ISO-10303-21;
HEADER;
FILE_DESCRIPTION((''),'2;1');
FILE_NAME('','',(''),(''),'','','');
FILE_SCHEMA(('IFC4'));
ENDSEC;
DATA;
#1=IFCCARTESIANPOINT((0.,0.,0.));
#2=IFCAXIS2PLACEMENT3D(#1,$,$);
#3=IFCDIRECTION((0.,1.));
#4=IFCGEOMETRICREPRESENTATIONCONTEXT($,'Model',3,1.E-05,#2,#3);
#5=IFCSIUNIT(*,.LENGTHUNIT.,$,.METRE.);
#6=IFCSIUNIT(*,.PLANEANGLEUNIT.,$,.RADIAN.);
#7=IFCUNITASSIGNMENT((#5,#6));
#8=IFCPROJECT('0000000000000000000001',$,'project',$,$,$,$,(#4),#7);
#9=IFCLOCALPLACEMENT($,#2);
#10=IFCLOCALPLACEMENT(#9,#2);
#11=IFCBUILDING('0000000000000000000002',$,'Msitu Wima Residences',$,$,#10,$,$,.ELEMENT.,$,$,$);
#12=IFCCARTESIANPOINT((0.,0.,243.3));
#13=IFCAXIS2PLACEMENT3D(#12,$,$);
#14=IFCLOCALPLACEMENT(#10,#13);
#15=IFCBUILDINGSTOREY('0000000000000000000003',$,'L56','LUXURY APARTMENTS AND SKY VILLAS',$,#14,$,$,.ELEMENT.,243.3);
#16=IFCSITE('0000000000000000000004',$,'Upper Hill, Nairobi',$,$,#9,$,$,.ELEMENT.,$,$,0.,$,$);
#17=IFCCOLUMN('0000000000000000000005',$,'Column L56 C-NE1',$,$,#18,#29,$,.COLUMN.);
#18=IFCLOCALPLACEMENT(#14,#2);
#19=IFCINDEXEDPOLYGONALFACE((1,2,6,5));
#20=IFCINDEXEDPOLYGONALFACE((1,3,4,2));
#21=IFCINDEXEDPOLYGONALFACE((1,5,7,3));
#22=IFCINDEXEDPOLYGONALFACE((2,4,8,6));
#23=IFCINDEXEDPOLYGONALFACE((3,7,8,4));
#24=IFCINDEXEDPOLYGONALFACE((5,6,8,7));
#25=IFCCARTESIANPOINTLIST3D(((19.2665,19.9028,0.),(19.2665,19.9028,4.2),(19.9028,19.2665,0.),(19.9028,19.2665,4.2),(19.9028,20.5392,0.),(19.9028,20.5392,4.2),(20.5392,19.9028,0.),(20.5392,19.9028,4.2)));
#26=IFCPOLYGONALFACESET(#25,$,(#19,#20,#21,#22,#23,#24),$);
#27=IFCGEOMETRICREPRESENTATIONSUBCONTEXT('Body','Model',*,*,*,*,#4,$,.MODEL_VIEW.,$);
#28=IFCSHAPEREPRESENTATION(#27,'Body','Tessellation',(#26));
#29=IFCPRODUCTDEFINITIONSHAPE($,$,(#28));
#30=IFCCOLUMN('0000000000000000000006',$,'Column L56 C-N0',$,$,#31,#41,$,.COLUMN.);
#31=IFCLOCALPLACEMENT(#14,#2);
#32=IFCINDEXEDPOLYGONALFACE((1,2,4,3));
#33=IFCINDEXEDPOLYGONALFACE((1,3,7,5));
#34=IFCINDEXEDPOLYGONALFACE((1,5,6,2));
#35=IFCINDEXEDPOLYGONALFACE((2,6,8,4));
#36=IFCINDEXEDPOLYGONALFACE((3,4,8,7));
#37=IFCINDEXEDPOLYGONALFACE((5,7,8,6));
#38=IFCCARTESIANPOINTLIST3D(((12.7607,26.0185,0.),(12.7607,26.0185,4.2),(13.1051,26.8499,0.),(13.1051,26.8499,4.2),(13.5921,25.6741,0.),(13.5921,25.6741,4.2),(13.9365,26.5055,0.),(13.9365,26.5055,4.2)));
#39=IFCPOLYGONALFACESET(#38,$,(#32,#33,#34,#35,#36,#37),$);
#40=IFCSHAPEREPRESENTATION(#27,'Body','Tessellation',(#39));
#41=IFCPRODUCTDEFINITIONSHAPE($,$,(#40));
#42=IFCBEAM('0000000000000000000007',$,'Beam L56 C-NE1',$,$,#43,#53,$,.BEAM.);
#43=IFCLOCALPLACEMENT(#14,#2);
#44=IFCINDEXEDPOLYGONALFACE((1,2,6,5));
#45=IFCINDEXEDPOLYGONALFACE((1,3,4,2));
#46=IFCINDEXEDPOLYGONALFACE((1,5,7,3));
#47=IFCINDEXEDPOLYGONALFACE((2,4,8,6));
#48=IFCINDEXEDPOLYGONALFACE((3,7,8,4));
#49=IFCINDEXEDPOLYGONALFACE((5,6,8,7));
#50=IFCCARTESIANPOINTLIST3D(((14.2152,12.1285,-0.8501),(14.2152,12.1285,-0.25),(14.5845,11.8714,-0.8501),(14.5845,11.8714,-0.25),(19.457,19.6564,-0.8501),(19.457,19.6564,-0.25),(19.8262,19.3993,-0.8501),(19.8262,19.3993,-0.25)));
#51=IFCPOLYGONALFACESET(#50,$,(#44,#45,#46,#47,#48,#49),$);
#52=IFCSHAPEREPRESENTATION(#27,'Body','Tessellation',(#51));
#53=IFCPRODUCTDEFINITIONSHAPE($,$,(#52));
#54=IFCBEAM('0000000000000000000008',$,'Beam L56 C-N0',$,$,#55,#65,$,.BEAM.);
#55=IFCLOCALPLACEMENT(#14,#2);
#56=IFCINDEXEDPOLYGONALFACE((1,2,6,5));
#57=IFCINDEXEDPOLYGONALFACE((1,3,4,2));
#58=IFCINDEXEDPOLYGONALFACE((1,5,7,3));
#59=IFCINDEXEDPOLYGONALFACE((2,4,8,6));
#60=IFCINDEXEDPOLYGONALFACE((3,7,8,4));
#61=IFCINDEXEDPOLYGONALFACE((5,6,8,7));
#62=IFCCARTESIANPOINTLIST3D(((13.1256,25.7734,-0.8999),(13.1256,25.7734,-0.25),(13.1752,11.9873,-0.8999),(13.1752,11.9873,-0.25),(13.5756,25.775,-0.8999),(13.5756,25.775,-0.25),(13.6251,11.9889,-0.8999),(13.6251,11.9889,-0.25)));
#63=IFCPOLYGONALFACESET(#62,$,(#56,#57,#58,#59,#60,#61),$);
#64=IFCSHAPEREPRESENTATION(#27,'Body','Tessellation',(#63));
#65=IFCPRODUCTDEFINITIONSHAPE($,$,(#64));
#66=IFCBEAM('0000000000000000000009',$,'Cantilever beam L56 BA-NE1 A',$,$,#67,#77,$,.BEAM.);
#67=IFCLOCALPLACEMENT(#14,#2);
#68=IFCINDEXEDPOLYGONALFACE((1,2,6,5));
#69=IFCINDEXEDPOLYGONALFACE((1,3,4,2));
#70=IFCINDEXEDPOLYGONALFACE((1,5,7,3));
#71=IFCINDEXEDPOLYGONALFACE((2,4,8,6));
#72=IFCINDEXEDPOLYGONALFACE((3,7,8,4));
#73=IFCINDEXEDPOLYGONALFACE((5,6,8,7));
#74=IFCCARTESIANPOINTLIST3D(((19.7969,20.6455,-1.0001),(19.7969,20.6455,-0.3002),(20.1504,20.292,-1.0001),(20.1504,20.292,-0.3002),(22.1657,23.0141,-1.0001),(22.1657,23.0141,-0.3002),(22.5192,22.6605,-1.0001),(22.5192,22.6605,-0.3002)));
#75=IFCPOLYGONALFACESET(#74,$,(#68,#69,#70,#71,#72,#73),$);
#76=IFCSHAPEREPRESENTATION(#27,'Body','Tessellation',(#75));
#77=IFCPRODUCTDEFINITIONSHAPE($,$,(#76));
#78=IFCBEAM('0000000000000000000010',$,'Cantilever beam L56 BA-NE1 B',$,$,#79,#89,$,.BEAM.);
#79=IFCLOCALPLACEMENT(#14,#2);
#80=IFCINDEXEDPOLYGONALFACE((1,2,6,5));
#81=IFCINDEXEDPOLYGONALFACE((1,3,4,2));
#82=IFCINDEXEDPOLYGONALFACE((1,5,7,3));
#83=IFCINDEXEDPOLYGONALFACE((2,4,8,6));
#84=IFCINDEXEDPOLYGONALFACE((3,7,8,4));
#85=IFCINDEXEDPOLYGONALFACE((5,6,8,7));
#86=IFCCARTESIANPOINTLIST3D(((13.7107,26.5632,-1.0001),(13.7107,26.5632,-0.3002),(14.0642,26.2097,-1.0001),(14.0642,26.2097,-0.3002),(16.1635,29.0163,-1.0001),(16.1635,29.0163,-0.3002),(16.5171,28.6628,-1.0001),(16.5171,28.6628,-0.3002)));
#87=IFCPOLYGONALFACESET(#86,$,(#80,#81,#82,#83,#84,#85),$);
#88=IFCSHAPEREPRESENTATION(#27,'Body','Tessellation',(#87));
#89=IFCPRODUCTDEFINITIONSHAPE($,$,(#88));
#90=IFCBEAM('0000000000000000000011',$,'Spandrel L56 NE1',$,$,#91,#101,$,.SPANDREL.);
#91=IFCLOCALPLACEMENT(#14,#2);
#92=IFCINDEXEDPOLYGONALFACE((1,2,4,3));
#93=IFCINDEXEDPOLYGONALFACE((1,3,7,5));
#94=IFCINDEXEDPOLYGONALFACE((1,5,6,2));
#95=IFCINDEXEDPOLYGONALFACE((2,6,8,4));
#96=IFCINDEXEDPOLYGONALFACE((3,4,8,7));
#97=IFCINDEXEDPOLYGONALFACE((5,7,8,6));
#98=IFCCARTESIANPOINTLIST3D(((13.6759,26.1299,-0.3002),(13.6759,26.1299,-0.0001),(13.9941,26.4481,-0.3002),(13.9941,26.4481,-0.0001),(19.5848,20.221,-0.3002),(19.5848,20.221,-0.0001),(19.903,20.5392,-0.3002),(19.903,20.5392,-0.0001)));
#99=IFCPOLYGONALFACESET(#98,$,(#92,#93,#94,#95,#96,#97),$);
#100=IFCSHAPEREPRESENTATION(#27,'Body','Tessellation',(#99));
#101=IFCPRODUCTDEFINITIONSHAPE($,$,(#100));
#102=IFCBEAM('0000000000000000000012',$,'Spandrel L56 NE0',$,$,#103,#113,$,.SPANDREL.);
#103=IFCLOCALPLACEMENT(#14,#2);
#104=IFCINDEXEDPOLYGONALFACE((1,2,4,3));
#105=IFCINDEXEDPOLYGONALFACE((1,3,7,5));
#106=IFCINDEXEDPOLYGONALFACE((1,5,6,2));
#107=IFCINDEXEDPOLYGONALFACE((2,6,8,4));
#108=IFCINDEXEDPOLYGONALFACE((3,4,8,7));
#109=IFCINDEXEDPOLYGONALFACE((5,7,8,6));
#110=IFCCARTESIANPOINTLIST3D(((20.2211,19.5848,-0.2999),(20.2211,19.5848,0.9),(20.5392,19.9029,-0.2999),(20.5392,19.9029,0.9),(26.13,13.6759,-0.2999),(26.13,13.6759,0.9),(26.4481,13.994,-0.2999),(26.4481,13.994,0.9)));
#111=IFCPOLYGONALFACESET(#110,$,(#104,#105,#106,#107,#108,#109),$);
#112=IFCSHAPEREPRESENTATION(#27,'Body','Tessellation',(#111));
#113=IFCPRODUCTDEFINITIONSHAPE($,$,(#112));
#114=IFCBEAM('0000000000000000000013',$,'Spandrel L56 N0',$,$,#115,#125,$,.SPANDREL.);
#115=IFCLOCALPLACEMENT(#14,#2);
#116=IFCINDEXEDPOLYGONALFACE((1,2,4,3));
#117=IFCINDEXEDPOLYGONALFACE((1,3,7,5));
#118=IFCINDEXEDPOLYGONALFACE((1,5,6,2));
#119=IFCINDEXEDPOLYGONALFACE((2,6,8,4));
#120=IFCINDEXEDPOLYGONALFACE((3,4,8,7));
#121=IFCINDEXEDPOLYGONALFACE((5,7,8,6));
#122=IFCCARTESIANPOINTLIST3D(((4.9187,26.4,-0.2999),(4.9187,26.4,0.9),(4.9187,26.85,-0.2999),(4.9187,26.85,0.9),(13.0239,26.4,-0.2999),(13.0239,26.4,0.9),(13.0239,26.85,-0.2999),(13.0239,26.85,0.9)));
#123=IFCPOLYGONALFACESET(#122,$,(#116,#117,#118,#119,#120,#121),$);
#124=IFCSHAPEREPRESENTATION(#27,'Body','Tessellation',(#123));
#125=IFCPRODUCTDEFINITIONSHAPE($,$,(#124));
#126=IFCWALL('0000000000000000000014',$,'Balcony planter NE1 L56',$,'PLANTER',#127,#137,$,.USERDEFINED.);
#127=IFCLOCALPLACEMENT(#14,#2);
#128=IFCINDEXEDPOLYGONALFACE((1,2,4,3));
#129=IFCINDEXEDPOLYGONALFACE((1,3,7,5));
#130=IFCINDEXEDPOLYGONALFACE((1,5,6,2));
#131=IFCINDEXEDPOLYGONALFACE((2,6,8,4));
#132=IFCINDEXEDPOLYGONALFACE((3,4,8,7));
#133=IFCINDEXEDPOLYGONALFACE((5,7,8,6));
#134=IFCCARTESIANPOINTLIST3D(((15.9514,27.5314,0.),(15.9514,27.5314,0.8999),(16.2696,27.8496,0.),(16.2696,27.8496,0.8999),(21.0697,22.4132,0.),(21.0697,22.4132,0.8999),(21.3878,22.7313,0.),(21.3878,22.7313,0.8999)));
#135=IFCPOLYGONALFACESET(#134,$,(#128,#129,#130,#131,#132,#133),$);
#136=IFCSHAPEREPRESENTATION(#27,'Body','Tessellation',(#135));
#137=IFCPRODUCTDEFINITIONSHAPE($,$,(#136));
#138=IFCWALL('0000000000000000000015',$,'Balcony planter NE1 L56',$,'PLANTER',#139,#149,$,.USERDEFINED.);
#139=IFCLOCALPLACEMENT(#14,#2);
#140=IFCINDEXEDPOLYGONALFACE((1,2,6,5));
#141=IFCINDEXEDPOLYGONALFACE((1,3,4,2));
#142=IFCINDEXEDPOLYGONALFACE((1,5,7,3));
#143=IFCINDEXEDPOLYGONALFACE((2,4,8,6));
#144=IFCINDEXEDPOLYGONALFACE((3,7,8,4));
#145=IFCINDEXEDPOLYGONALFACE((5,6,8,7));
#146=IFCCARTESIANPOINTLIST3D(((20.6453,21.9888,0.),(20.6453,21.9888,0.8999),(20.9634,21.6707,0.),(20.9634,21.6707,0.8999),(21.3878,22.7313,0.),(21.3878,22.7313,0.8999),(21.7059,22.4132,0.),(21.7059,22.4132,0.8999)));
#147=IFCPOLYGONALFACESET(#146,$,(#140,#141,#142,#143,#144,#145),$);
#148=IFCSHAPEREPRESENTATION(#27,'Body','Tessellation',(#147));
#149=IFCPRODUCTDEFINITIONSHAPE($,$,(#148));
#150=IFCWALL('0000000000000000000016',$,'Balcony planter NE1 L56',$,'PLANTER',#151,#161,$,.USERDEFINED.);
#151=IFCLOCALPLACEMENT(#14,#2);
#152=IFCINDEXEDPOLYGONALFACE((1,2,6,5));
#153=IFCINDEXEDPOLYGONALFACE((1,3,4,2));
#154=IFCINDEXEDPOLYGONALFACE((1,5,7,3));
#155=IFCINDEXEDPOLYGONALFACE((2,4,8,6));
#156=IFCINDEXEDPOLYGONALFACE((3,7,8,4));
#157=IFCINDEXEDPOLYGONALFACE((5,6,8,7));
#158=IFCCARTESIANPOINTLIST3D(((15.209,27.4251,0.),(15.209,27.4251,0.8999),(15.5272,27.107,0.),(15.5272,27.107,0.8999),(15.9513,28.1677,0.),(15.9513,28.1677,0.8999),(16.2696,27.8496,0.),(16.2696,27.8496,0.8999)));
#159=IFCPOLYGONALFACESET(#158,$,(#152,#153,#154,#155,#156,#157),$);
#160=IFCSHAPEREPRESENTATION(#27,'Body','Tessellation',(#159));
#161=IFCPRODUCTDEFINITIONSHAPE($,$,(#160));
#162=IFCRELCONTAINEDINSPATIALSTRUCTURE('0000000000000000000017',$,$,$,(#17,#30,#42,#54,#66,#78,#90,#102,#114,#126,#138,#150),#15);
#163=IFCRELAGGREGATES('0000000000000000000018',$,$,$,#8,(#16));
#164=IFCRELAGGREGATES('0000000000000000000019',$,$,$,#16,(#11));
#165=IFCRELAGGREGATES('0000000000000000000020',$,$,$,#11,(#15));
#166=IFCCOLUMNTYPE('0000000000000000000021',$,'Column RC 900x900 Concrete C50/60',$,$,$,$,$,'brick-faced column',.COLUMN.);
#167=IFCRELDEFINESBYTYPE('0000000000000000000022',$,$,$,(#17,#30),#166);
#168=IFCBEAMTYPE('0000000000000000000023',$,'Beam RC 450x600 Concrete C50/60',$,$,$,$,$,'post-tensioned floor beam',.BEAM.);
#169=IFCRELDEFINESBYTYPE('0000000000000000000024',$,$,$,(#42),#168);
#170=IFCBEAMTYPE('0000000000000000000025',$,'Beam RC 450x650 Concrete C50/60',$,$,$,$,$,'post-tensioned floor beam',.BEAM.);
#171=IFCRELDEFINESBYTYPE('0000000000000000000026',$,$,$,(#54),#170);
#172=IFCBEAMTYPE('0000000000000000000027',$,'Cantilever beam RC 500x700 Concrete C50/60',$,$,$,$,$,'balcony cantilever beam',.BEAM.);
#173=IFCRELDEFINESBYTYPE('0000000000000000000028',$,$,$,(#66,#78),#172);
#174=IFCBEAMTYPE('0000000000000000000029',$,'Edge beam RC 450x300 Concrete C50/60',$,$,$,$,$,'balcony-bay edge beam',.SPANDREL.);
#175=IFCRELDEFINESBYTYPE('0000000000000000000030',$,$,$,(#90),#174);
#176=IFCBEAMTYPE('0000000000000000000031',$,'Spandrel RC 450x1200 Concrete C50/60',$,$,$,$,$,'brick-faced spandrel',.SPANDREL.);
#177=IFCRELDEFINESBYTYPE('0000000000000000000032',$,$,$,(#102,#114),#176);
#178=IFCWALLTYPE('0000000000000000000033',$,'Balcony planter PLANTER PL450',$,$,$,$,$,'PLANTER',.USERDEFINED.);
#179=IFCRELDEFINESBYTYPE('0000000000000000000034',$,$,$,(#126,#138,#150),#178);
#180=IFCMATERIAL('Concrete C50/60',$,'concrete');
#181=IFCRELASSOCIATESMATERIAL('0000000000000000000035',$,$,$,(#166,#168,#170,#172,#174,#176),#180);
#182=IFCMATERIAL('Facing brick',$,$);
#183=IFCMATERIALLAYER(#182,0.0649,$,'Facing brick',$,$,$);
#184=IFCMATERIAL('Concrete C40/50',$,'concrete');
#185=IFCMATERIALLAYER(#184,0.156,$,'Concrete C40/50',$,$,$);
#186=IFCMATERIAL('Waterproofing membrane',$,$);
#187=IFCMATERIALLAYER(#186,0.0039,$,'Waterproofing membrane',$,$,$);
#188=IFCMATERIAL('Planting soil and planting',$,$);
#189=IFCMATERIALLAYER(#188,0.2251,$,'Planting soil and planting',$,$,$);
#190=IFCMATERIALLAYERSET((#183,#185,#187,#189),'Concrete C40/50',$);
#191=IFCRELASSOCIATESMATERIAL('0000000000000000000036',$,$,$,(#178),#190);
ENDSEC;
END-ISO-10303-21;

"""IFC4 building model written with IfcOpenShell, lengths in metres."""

from ifc_helpers import new_model, si_unit, direction, frame, frame_2d, origin, origin_2d, place, context, subcontext, project, spatial, rectangle, extrude, material, layer, layer_set, material_profile, profile_set, type_object, element, save


model = new_model("IFC4")

# Units and contexts
model_context = context("Model", 3, precision=1e-05, world=origin(), true_north=direction((0.0, 1.0)))
body_context = subcontext(model_context, "Body", "Model", "MODEL_VIEW")
ifc_project = project(units=[si_unit("LENGTHUNIT", "METRE"), si_unit("PLANEANGLEUNIT", "RADIAN")], contexts=[model_context])

# Site, building, storey
site_placement = place(None, origin())
site = spatial("IfcSite", under=ifc_project, at=site_placement, Name="Upper Hill, Nairobi", CompositionType="ELEMENT", RefElevation=0.0)
building_placement = place(site_placement, origin())
building = spatial("IfcBuilding", under=site, at=building_placement, Name="Msitu Wima Residences", CompositionType="ELEMENT")
storey_placement = place(building_placement, frame((0.0, 0.0, 243.3)))
storey = spatial("IfcBuildingStorey", under=building, at=storey_placement, Name="L56", Description="LUXURY APARTMENTS AND SKY VILLAS", CompositionType="ELEMENT", Elevation=243.3)

# Columns
ifc_material_1 = material(Name="Concrete C50/60", Category="concrete")
ifc_material_profile_1 = material_profile(ifc_material_1, rectangle(XDim=0.8999, YDim=0.8999, at=origin_2d()), Name="RC 900x900")
ifc_profile_set_1 = profile_set([ifc_material_profile_1], Name="Concrete C50/60")
column_type = type_object("IfcColumnType", Name="Column RC 900x900 Concrete C50/60", ElementType="brick-faced column", PredefinedType="COLUMN", material=ifc_profile_set_1)
for number, where, z_axis, x_axis, name in (
    (1, (19.9028, 19.9028, 0.0), (0.0, 0.0, 1.0), (-0.707107, 0.707107, 0.0), "Column L56 C-NE1"),
    (2, (13.3486, 26.262, 0.0), (0.0, 0.0, 1.0), (-0.92388, 0.382683, 0.0), "Column L56 C-N0"),
):
    element("IfcColumn", number, at=place(storey_placement, frame(where, z_axis=z_axis, x_axis=x_axis)), inside=storey, type_object=column_type, Name=name, PredefinedType="COLUMN", context=body_context, shape_type="SweptSolid", body=[
        extrude(rectangle(XDim=0.8999, YDim=0.8999, at=origin_2d()), origin(), (0.0, 0.0, 1.0), 4.2),
    ])

# Beams
ifc_material_profile_2 = material_profile(ifc_material_1, rectangle(XDim=0.45, YDim=0.6001, at=origin_2d()), Name="RC 450x600")
ifc_profile_set_2 = profile_set([ifc_material_profile_2], Name="Concrete C50/60")
beam_type_1 = type_object("IfcBeamType", Name="Beam RC 450x600 Concrete C50/60", ElementType="post-tensioned floor beam", PredefinedType="BEAM", material=ifc_profile_set_2)
beam_1_placement = place(storey_placement, frame((19.6416, 19.5278, -0.55), z_axis=(-0.571428, -0.820652, 0.0), x_axis=(0.820652, -0.571428, 0.0)))
element("IfcBeam", 3, at=beam_1_placement, inside=storey, type_object=beam_type_1, Name="Beam L56 C-NE1", PredefinedType="BEAM", context=body_context, shape_type="SweptSolid", body=[
    extrude(rectangle(XDim=0.45, YDim=0.6001, at=origin_2d()), origin(), (0.0, 0.0, 1.0), 9.1731),
])
ifc_material_profile_3 = material_profile(ifc_material_1, rectangle(XDim=0.45, YDim=0.6499, at=origin_2d()), Name="RC 450x650")
ifc_profile_set_3 = profile_set([ifc_material_profile_3], Name="Concrete C50/60")
beam_type_2 = type_object("IfcBeamType", Name="Beam RC 450x650 Concrete C50/60", ElementType="post-tensioned floor beam", PredefinedType="BEAM", material=ifc_profile_set_3)
beam_2_placement = place(storey_placement, frame((13.3506, 25.7742, -0.575), z_axis=(0.003595, -0.999994, 0.0), x_axis=(0.999994, 0.003595, 0.0)))
element("IfcBeam", 4, at=beam_2_placement, inside=storey, type_object=beam_type_2, Name="Beam L56 C-N0", PredefinedType="BEAM", context=body_context, shape_type="SweptSolid", body=[
    extrude(rectangle(XDim=0.45, YDim=0.6499, at=origin_2d()), origin(), (0.0, 0.0, 1.0), 13.7861),
])
ifc_material_profile_4 = material_profile(ifc_material_1, rectangle(XDim=0.5, YDim=0.7, at=origin_2d()), Name="RC 500x700")
ifc_profile_set_4 = profile_set([ifc_material_profile_4], Name="Concrete C50/60")
beam_type_3 = type_object("IfcBeamType", Name="Cantilever beam RC 500x700 Concrete C50/60", ElementType="balcony cantilever beam", PredefinedType="BEAM", material=ifc_profile_set_4)
beam_3_placement = place(storey_placement, frame((19.9736, 20.4688, -0.6501), z_axis=(0.707143, 0.70707, 0.0), x_axis=(-0.70707, 0.707143, 0.0)))
element("IfcBeam", 5, at=beam_3_placement, inside=storey, type_object=beam_type_3, Name="Cantilever beam L56 BA-NE1 A", PredefinedType="BEAM", context=body_context, shape_type="SweptSolid", body=[
    extrude(rectangle(XDim=0.5, YDim=0.7, at=origin_2d()), origin(), (0.0, 0.0, 1.0), 3.3499),
])
beam_4_placement = place(storey_placement, frame((13.8875, 26.3865, -0.6501), z_axis=(0.707072, 0.707142, 0.0), x_axis=(-0.707142, 0.707072, 0.0)))
element("IfcBeam", 6, at=beam_4_placement, inside=storey, type_object=beam_type_3, Name="Cantilever beam L56 BA-NE1 B", PredefinedType="BEAM", context=body_context, shape_type="SweptSolid", body=[
    extrude(rectangle(XDim=0.5, YDim=0.7, at=origin_2d()), origin(), (0.0, 0.0, 1.0), 3.469),
])
ifc_material_profile_5 = material_profile(ifc_material_1, rectangle(XDim=0.45, YDim=0.3, at=origin_2d()), Name="RC 450x300")
ifc_profile_set_5 = profile_set([ifc_material_profile_5], Name="Concrete C50/60")
beam_type_4 = type_object("IfcBeamType", Name="Edge beam RC 450x300 Concrete C50/60", ElementType="balcony-bay edge beam", PredefinedType="SPANDREL", material=ifc_profile_set_5)
beam_5_placement = place(storey_placement, frame((19.7439, 20.3801, -0.1501), z_axis=(-0.707107, 0.707107, 0.0), x_axis=(-0.707107, -0.707107, 0.0)))
element("IfcBeam", 7, at=beam_5_placement, inside=storey, type_object=beam_type_4, Name="Spandrel L56 NE1", PredefinedType="SPANDREL", context=body_context, shape_type="SweptSolid", body=[
    extrude(rectangle(XDim=0.45, YDim=0.3, at=origin_2d()), origin(), (0.0, 0.0, 1.0), 8.3564),
])
ifc_material_profile_6 = material_profile(ifc_material_1, rectangle(XDim=0.45, YDim=1.2, at=origin_2d()), Name="RC 450x1200")
ifc_profile_set_6 = profile_set([ifc_material_profile_6], Name="Concrete C50/60")
beam_type_5 = type_object("IfcBeamType", Name="Spandrel RC 450x1200 Concrete C50/60", ElementType="brick-faced spandrel", PredefinedType="SPANDREL", material=ifc_profile_set_6)
beam_6_placement = place(storey_placement, frame((26.2891, 13.835, 0.3), z_axis=(-0.707107, 0.707107, 0.0), x_axis=(-0.707107, -0.707107, 0.0)))
element("IfcBeam", 8, at=beam_6_placement, inside=storey, type_object=beam_type_5, Name="Spandrel L56 NE0", PredefinedType="SPANDREL", context=body_context, shape_type="SweptSolid", body=[
    extrude(rectangle(XDim=0.45, YDim=1.2, at=origin_2d()), origin(), (0.0, 0.0, 1.0), 8.3564),
])
beam_7_placement = place(storey_placement, frame((13.0239, 26.625, 0.3), z_axis=(-1.0, 0.0, 0.0), x_axis=(0.0, -1.0, 0.0)))
element("IfcBeam", 9, at=beam_7_placement, inside=storey, type_object=beam_type_5, Name="Spandrel L56 N0", PredefinedType="SPANDREL", context=body_context, shape_type="SweptSolid", body=[
    extrude(rectangle(XDim=0.45, YDim=1.2, at=origin_2d()), origin(), (0.0, 0.0, 1.0), 8.1052),
])

# Walls
ifc_material_2 = material(Name="Facing brick")
ifc_layer_1 = layer(ifc_material_2, 0.0649, Name="Facing brick")
ifc_material_3 = material(Name="Concrete C40/50", Category="concrete")
ifc_layer_2 = layer(ifc_material_3, 0.156, Name="Concrete C40/50")
ifc_material_4 = material(Name="Waterproofing membrane")
ifc_layer_3 = layer(ifc_material_4, 0.0039, Name="Waterproofing membrane")
ifc_material_5 = material(Name="Planting soil and planting")
ifc_layer_4 = layer(ifc_material_5, 0.2251, Name="Planting soil and planting")
ifc_layer_set_1 = layer_set([ifc_layer_1, ifc_layer_2, ifc_layer_3, ifc_layer_4], Name="Concrete C40/50")
wall_type_1 = type_object("IfcWallType", Name="Balcony planter PLANTER PL450", ElementType="PLANTER", PredefinedType="USERDEFINED", material=ifc_layer_set_1)
wall_1_placement = place(storey_placement, frame((21.2288, 22.5723, 0.0), z_axis=(0.0, 0.0, 1.0), x_axis=(-0.707107, 0.707107, 0.0)))
element("IfcWall", 10, at=wall_1_placement, inside=storey, type_object=wall_type_1, Name="Balcony planter NE1 L56", ObjectType="PLANTER", PredefinedType="USERDEFINED", context=body_context, shape_type="SweptSolid", body=[
    extrude(rectangle(XDim=7.2383, YDim=0.45, at=frame_2d((3.6191, 0.0))), origin(), (0.0, 0.0, 1.0), 0.8999),
])
for number, where, z_axis, x_axis, name in (
    (11, (20.8044, 21.8298, 0.0), (0.0, 0.0, 1.0), (0.707107, 0.707107, 0.0), "Balcony planter NE1 L56"),
    (12, (15.3682, 27.2661, 0.0), (0.0, 0.0, 1.0), (0.706991, 0.707223, 0.0), "Balcony planter NE1 L56"),
):
    element("IfcWall", number, at=place(storey_placement, frame(where, z_axis=z_axis, x_axis=x_axis)), inside=storey, type_object=wall_type_1, Name=name, ObjectType="PLANTER", PredefinedType="USERDEFINED", context=body_context, shape_type="SweptSolid", body=[
        extrude(rectangle(XDim=1.05, YDim=0.45, at=frame_2d((0.5249, 0.0))), origin(), (0.0, 0.0, 1.0), 0.8999),
    ])

save(model, "model.ifc")
